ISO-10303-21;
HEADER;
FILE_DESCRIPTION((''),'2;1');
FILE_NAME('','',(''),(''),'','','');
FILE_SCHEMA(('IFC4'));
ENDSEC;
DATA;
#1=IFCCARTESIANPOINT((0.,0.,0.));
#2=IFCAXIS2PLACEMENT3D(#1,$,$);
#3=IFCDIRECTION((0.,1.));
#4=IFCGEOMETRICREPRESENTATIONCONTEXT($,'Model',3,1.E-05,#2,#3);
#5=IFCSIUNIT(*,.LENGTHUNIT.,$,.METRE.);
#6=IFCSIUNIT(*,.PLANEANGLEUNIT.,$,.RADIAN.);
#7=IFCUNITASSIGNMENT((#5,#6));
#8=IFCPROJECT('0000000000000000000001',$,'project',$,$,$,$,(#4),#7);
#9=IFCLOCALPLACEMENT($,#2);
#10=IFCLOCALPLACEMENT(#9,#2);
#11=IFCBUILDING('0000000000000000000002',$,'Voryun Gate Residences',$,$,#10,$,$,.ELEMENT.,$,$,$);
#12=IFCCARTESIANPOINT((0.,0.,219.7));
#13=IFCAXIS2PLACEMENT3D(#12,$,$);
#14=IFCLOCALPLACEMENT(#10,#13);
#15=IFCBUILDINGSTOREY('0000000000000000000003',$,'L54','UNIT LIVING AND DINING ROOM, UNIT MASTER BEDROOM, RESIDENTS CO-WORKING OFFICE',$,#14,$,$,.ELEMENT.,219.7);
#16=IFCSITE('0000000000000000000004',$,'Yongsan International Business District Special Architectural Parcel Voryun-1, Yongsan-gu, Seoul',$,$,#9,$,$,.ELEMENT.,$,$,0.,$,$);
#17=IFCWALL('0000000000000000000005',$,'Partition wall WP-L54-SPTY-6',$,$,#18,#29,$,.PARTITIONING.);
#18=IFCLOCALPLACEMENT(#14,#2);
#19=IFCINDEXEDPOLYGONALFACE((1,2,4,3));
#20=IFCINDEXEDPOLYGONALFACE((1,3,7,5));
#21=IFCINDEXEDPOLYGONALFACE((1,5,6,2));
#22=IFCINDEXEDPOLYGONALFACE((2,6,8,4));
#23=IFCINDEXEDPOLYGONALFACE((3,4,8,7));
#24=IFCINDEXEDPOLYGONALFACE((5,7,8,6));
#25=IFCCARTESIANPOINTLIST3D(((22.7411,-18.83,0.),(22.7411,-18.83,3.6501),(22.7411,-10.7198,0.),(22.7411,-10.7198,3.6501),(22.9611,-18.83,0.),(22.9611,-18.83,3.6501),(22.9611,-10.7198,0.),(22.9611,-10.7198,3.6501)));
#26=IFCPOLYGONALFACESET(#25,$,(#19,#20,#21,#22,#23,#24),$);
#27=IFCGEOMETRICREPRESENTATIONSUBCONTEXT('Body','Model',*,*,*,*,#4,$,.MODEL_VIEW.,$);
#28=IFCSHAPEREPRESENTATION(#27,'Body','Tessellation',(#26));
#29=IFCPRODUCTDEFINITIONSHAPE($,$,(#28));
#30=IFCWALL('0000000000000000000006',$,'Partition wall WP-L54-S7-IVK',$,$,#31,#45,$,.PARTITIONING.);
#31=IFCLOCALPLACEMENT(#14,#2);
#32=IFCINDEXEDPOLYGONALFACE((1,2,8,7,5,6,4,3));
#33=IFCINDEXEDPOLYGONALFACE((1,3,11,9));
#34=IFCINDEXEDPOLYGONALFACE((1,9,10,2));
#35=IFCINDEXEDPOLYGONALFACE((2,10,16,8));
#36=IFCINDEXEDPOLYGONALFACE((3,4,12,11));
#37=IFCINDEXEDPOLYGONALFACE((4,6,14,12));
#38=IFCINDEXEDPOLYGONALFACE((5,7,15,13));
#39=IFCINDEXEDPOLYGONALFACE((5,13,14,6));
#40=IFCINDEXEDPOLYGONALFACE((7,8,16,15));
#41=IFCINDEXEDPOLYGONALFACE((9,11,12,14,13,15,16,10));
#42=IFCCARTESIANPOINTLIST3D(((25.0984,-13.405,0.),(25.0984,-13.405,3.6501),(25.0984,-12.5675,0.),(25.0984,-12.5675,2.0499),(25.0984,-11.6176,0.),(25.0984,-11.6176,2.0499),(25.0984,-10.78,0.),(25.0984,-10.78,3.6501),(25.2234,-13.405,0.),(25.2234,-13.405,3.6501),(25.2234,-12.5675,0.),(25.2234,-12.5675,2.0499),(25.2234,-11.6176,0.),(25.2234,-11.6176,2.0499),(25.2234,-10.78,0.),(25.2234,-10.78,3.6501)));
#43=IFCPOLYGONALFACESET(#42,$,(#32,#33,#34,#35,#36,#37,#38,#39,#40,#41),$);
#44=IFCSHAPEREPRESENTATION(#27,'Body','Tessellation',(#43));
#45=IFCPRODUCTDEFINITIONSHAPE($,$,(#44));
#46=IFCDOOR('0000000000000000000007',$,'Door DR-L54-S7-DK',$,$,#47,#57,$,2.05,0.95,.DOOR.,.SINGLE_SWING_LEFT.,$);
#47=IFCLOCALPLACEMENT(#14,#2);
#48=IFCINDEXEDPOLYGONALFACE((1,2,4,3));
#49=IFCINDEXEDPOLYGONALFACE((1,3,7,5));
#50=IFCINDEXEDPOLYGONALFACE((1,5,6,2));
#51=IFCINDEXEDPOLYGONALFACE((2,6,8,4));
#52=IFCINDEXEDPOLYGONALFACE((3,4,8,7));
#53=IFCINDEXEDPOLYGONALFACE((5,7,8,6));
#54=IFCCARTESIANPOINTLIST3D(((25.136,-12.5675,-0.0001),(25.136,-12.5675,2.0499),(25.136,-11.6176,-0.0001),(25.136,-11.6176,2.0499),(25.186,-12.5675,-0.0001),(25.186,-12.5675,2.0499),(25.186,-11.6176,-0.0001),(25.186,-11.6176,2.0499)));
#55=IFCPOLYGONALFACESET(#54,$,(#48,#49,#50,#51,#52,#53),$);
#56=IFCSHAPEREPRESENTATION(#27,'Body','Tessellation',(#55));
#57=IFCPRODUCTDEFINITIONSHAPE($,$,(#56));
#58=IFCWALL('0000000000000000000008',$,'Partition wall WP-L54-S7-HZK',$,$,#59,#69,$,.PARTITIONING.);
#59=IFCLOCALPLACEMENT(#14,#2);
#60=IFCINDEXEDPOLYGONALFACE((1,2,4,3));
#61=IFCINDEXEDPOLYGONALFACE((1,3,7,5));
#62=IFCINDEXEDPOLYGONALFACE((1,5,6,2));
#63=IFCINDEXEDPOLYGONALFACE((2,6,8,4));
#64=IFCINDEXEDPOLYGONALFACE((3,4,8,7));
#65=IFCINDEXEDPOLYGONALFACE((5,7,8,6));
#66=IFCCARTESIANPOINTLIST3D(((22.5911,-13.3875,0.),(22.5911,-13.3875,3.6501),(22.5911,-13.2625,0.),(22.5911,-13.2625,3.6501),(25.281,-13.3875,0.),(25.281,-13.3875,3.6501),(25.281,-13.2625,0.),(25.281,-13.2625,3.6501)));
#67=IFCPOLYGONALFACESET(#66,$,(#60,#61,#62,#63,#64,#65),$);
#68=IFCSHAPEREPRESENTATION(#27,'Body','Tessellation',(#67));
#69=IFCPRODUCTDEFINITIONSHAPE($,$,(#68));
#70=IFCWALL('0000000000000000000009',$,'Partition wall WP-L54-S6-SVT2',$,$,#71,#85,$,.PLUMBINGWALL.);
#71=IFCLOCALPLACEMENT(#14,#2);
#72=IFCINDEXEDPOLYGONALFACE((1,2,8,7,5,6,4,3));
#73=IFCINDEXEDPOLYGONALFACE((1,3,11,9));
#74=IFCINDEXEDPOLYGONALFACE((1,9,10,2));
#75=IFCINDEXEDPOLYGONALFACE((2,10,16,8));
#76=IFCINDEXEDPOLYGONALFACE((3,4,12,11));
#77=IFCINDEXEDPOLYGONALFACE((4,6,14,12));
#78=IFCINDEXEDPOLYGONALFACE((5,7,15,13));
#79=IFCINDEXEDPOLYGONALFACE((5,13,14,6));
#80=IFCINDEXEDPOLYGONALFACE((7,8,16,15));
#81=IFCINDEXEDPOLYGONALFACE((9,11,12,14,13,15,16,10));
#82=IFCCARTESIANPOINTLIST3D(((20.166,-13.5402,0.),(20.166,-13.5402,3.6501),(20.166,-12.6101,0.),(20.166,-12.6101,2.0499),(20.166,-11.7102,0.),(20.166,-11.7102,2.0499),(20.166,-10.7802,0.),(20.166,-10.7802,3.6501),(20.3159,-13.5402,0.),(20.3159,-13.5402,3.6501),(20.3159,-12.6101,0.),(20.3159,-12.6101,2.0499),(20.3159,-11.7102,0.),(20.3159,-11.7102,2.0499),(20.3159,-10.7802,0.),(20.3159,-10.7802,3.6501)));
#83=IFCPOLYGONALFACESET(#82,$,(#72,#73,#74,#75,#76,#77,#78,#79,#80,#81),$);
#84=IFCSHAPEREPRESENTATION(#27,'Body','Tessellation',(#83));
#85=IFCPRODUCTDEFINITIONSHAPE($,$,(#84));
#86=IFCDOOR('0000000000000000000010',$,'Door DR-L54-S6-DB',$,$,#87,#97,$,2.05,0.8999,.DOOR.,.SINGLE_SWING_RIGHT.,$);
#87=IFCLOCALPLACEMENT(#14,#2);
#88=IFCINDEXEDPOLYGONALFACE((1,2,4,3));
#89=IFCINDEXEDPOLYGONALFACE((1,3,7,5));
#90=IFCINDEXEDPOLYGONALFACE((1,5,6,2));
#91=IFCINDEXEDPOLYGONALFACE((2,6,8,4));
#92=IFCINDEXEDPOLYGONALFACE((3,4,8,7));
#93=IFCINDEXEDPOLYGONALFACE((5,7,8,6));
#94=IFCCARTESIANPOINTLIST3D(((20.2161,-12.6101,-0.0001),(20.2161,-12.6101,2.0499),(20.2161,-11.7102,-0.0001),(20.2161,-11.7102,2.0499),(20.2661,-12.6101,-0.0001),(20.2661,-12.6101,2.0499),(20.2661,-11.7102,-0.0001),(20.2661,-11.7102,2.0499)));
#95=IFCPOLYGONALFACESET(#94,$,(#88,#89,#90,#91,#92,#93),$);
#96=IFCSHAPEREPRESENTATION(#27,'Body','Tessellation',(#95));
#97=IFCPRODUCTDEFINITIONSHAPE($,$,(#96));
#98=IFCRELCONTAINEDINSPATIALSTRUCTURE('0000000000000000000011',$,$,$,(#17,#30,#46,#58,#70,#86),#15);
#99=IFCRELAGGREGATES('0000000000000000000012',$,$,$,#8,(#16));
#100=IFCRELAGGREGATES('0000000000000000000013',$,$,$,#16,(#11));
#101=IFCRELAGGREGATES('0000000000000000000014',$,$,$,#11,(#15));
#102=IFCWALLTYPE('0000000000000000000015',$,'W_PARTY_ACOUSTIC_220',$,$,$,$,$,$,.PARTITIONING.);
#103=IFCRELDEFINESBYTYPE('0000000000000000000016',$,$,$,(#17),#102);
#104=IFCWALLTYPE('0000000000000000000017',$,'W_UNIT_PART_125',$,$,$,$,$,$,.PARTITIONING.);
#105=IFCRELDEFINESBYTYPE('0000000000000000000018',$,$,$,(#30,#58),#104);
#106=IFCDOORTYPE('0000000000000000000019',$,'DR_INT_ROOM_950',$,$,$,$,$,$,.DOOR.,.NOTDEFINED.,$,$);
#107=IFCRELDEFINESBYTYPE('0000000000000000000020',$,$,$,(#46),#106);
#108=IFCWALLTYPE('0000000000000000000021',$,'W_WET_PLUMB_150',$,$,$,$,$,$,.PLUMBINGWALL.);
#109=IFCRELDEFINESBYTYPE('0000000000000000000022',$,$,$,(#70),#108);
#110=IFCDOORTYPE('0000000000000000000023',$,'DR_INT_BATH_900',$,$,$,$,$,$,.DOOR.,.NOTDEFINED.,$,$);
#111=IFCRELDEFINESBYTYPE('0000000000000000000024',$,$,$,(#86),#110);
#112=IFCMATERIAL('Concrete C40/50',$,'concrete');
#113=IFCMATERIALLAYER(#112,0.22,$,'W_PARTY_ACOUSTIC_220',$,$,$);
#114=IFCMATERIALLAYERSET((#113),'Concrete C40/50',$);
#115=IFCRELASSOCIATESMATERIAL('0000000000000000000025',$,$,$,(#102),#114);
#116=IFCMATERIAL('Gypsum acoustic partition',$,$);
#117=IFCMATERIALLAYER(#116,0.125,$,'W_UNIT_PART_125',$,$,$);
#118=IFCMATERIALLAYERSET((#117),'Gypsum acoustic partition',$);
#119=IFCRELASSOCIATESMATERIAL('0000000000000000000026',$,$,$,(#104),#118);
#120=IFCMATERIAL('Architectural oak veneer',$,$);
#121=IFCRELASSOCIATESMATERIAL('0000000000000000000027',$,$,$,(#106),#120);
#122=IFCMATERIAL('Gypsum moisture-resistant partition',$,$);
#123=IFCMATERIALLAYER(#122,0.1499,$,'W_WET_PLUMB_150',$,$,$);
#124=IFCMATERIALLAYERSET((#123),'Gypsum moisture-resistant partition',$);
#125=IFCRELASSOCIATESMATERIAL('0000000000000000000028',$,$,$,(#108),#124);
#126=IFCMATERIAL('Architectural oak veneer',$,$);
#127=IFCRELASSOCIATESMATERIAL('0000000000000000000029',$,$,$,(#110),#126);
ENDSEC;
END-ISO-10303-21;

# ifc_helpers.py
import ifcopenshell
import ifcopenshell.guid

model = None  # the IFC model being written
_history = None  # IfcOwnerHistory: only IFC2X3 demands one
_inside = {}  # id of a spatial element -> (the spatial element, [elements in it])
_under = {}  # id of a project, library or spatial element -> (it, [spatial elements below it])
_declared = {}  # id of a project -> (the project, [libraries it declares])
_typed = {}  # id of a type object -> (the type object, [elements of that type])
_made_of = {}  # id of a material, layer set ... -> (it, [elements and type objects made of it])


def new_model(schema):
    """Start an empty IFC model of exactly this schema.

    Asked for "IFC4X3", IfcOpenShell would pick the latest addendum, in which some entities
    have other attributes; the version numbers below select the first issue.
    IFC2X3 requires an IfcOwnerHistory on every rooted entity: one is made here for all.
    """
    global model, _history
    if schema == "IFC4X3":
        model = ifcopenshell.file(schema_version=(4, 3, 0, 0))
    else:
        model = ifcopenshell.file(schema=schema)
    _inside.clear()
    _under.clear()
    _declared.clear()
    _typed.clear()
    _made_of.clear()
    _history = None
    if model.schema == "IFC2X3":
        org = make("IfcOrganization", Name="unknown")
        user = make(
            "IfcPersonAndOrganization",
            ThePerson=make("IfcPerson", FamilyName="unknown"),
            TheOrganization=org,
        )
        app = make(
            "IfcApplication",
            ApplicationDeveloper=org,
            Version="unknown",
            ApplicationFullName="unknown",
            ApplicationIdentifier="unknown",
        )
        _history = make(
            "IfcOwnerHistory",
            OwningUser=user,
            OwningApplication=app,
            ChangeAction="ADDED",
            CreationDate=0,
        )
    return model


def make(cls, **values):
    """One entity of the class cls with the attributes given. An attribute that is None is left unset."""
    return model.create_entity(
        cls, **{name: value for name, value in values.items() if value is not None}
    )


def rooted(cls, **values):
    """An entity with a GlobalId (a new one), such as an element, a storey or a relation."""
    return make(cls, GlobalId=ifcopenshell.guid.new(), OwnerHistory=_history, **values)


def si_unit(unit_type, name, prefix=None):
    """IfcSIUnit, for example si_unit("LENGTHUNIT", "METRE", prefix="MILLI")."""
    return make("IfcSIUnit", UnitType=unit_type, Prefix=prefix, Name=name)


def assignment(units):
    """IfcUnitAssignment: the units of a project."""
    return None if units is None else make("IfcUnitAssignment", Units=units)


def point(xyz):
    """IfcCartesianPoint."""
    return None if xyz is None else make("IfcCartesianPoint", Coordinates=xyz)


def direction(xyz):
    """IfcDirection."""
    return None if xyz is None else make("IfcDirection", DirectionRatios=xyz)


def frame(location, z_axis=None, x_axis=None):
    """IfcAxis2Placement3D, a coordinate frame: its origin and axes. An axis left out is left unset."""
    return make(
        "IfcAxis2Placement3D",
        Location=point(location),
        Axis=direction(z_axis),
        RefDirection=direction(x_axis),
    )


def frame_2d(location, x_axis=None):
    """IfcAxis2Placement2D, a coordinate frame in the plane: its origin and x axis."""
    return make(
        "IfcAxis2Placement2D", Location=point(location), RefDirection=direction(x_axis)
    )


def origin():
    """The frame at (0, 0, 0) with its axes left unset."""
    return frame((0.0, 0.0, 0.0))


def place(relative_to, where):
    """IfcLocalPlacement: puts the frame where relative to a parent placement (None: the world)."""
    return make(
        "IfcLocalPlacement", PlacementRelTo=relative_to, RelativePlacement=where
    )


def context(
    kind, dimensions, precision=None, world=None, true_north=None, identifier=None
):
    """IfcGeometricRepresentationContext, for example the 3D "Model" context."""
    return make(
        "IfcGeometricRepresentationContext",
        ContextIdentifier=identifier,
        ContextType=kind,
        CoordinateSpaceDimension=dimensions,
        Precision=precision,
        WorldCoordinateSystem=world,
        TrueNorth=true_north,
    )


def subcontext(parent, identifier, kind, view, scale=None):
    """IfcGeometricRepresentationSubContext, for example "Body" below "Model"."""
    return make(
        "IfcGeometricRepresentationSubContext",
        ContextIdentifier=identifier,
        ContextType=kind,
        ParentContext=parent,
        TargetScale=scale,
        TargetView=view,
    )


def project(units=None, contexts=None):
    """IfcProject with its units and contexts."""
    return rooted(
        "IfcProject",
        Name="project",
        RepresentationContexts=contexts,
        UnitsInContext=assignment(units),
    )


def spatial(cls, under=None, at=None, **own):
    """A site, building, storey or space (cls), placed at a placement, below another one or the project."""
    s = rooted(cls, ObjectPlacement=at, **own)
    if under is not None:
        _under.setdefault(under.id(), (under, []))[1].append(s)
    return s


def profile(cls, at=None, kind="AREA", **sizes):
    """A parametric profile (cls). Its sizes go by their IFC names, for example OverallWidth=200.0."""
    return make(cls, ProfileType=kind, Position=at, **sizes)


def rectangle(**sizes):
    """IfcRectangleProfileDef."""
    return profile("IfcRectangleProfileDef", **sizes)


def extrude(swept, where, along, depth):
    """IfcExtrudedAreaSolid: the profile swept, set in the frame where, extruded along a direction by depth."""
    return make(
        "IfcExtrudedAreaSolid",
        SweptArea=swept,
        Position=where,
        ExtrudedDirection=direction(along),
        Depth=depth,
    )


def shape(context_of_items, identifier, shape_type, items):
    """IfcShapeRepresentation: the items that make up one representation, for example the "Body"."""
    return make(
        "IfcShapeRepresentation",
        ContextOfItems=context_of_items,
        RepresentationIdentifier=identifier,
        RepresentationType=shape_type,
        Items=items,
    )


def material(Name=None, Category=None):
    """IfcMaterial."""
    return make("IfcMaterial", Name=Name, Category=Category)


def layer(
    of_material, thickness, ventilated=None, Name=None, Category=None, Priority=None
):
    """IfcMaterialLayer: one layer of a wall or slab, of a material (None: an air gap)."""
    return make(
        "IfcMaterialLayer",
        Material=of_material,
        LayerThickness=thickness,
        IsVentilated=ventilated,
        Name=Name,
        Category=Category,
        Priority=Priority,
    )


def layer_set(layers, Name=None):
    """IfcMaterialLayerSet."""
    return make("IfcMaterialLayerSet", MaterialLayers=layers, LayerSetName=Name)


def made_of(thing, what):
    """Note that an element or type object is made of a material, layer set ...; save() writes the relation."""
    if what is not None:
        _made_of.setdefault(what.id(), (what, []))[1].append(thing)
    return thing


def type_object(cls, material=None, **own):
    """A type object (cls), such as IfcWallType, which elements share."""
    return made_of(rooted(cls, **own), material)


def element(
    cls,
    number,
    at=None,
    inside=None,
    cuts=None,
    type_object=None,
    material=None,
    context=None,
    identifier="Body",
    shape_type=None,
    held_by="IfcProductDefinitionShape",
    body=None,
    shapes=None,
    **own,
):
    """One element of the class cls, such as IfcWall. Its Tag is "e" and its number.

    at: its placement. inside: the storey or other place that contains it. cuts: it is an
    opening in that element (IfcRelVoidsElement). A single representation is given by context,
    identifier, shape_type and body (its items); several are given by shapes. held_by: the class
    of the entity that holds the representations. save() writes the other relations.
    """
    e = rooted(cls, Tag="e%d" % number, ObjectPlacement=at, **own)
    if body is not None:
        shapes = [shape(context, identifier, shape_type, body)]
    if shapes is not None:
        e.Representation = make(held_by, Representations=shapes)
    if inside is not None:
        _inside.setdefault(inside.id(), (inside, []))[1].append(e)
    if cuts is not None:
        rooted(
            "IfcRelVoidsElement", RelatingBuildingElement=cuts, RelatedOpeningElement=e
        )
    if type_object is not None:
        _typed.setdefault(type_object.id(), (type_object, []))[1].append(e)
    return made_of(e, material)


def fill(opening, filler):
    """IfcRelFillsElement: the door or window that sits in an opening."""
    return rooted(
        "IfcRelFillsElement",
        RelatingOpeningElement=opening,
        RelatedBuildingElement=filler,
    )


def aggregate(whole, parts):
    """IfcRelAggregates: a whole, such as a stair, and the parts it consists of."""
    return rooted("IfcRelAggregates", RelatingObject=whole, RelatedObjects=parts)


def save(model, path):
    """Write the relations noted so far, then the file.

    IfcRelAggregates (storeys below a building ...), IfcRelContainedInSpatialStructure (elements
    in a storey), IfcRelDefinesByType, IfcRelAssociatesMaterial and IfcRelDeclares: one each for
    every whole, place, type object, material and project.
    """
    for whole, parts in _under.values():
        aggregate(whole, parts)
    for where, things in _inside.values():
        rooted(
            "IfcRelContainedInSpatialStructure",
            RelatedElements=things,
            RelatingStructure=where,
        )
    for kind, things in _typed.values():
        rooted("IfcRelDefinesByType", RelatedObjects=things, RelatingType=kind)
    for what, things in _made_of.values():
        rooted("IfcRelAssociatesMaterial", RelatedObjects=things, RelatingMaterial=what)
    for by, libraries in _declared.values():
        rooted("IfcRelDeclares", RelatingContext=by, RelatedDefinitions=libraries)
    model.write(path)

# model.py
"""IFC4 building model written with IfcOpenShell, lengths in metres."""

from ifc_helpers import new_model, si_unit, direction, frame, frame_2d, origin, place, context, subcontext, project, spatial, rectangle, extrude, material, layer, layer_set, type_object, element, fill, save


model = new_model("IFC4")

# Units and contexts
model_context = context("Model", 3, precision=1e-05, world=origin(), true_north=direction((0.0, 1.0)))
body_context = subcontext(model_context, "Body", "Model", "MODEL_VIEW")
ifc_project = project(units=[si_unit("LENGTHUNIT", "METRE"), si_unit("PLANEANGLEUNIT", "RADIAN")], contexts=[model_context])

# Site, building, storey
site_placement = place(None, origin())
site = spatial("IfcSite", under=ifc_project, at=site_placement, Name="Yongsan International Business District Special Architectural Parcel Voryun-1, Yongsan-gu, Seoul", CompositionType="ELEMENT", RefElevation=0.0)
building_placement = place(site_placement, origin())
building = spatial("IfcBuilding", under=site, at=building_placement, Name="Voryun Gate Residences", CompositionType="ELEMENT")
storey_placement = place(building_placement, frame((0.0, 0.0, 219.7)))
storey = spatial("IfcBuildingStorey", under=building, at=storey_placement, Name="L54", Description="UNIT LIVING AND DINING ROOM, UNIT MASTER BEDROOM, RESIDENTS CO-WORKING OFFICE", CompositionType="ELEMENT", Elevation=219.7)

# Wall
ifc_material_1 = material(Name="Concrete C40/50", Category="concrete")
ifc_layer_1 = layer(ifc_material_1, 0.22, Name="W_PARTY_ACOUSTIC_220")
ifc_layer_set_1 = layer_set([ifc_layer_1], Name="Concrete C40/50")
wall_type_1 = type_object("IfcWallType", Name="W_PARTY_ACOUSTIC_220", PredefinedType="PARTITIONING", material=ifc_layer_set_1)
wall_1_placement = place(storey_placement, frame((22.8511, -18.8301, 0.0), z_axis=(0.0, 0.0, 1.0), x_axis=(0.0, 1.0, 0.0)))
element("IfcWall", 1, at=wall_1_placement, inside=storey, type_object=wall_type_1, Name="Partition wall WP-L54-SPTY-6", PredefinedType="PARTITIONING", context=body_context, shape_type="SweptSolid", body=[
    extrude(rectangle(XDim=8.1101, YDim=0.22, at=frame_2d((4.0552, 0.0))), origin(), (0.0, 0.0, 1.0), 3.6501),
])

# Wall, opening, door
ifc_material_2 = material(Name="Gypsum acoustic partition")
ifc_layer_2 = layer(ifc_material_2, 0.125, Name="W_UNIT_PART_125")
ifc_layer_set_2 = layer_set([ifc_layer_2], Name="Gypsum acoustic partition")
wall_type_2 = type_object("IfcWallType", Name="W_UNIT_PART_125", PredefinedType="PARTITIONING", material=ifc_layer_set_2)
wall_2_placement = place(storey_placement, frame((25.1609, -13.405, 0.0), z_axis=(0.0, 0.0, 1.0), x_axis=(0.0, 1.0, 0.0)))
wall_2 = element("IfcWall", 2, at=wall_2_placement, inside=storey, type_object=wall_type_2, Name="Partition wall WP-L54-S7-IVK", PredefinedType="PARTITIONING", context=body_context, shape_type="SweptSolid", body=[
    extrude(rectangle(XDim=2.625, YDim=0.125, at=frame_2d((1.3125, 0.0))), origin(), (0.0, 0.0, 1.0), 3.6501),
])
opening_1_placement = place(wall_2_placement, frame((0.8374, 0.0, 0.0)))
opening_1 = element("IfcOpeningElement", 3, at=opening_1_placement, cuts=wall_2, PredefinedType="OPENING", context=body_context, shape_type="SweptSolid", body=[
    extrude(rectangle(XDim=0.95, YDim=2.05, at=frame_2d((0.4751, 1.0249))), frame((0.0, 0.0725, 0.0), z_axis=(0.0, -1.0, 0.0), x_axis=(1.0, 0.0, 0.0)), (0.0, 0.0, 1.0), 0.145),
])
ifc_material_3 = material(Name="Architectural oak veneer")
door_type_1 = type_object("IfcDoorType", Name="DR_INT_ROOM_950", OperationType="NOTDEFINED", PredefinedType="DOOR", material=ifc_material_3)
door_1_placement = place(opening_1_placement, origin())
door_1 = element("IfcDoor", 4, at=door_1_placement, inside=storey, type_object=door_type_1, Name="Door DR-L54-S7-DK", OperationType="SINGLE_SWING_LEFT", OverallHeight=2.05, OverallWidth=0.95, PredefinedType="DOOR", context=body_context, shape_type="SweptSolid", body=[
    extrude(rectangle(XDim=0.95, YDim=2.05, at=frame_2d((0.4751, 1.0249))), frame((0.0, 0.0249, 0.0), z_axis=(0.0, -1.0, 0.0), x_axis=(1.0, 0.0, 0.0)), (0.0, 0.0, 1.0), 0.05),
])
fill(opening_1, door_1)

# Wall
wall_3_placement = place(storey_placement, frame((22.5911, -13.325, 0.0), z_axis=(0.0, 0.0, 1.0), x_axis=(1.0, 0.0, 0.0)))
element("IfcWall", 5, at=wall_3_placement, inside=storey, type_object=wall_type_2, Name="Partition wall WP-L54-S7-HZK", PredefinedType="PARTITIONING", context=body_context, shape_type="SweptSolid", body=[
    extrude(rectangle(XDim=2.6899, YDim=0.125, at=frame_2d((1.345, 0.0))), origin(), (0.0, 0.0, 1.0), 3.6501),
])

# Wall, opening, door
ifc_material_4 = material(Name="Gypsum moisture-resistant partition")
ifc_layer_3 = layer(ifc_material_4, 0.1499, Name="W_WET_PLUMB_150")
ifc_layer_set_3 = layer_set([ifc_layer_3], Name="Gypsum moisture-resistant partition")
wall_type_3 = type_object("IfcWallType", Name="W_WET_PLUMB_150", PredefinedType="PLUMBINGWALL", material=ifc_layer_set_3)
wall_4_placement = place(storey_placement, frame((20.241, -13.54, 0.0), z_axis=(0.0, 0.0, 1.0), x_axis=(0.0, 1.0, 0.0)))
wall_4 = element("IfcWall", 6, at=wall_4_placement, inside=storey, type_object=wall_type_3, Name="Partition wall WP-L54-S6-SVT2", PredefinedType="PLUMBINGWALL", context=body_context, shape_type="SweptSolid", body=[
    extrude(rectangle(XDim=2.76, YDim=0.1499, at=frame_2d((1.3799, 0.0))), origin(), (0.0, 0.0, 1.0), 3.6501),
])
opening_2_placement = place(wall_4_placement, frame((0.9299, 0.0, 0.0)))
opening_2 = element("IfcOpeningElement", 7, at=opening_2_placement, cuts=wall_4, PredefinedType="OPENING", context=body_context, shape_type="SweptSolid", body=[
    extrude(rectangle(XDim=0.8999, YDim=2.05, at=frame_2d((0.45, 1.0249))), frame((0.0, 0.085, 0.0), z_axis=(0.0, -1.0, 0.0), x_axis=(1.0, 0.0, 0.0)), (0.0, 0.0, 1.0), 0.1699),
])
ifc_material_5 = material(Name="Architectural oak veneer")
door_type_2 = type_object("IfcDoorType", Name="DR_INT_BATH_900", OperationType="NOTDEFINED", PredefinedType="DOOR", material=ifc_material_5)
door_2_placement = place(opening_2_placement, origin())
door_2 = element("IfcDoor", 8, at=door_2_placement, inside=storey, type_object=door_type_2, Name="Door DR-L54-S6-DB", OperationType="SINGLE_SWING_RIGHT", OverallHeight=2.05, OverallWidth=0.8999, PredefinedType="DOOR", context=body_context, shape_type="SweptSolid", body=[
    extrude(rectangle(XDim=0.8999, YDim=2.05, at=frame_2d((0.45, 1.0249))), frame((0.0, 0.0249, 0.0), z_axis=(0.0, -1.0, 0.0), x_axis=(1.0, 0.0, 0.0)), (0.0, 0.0, 1.0), 0.05),
])
fill(opening_2, door_2)

save(model, "model.ifc")
